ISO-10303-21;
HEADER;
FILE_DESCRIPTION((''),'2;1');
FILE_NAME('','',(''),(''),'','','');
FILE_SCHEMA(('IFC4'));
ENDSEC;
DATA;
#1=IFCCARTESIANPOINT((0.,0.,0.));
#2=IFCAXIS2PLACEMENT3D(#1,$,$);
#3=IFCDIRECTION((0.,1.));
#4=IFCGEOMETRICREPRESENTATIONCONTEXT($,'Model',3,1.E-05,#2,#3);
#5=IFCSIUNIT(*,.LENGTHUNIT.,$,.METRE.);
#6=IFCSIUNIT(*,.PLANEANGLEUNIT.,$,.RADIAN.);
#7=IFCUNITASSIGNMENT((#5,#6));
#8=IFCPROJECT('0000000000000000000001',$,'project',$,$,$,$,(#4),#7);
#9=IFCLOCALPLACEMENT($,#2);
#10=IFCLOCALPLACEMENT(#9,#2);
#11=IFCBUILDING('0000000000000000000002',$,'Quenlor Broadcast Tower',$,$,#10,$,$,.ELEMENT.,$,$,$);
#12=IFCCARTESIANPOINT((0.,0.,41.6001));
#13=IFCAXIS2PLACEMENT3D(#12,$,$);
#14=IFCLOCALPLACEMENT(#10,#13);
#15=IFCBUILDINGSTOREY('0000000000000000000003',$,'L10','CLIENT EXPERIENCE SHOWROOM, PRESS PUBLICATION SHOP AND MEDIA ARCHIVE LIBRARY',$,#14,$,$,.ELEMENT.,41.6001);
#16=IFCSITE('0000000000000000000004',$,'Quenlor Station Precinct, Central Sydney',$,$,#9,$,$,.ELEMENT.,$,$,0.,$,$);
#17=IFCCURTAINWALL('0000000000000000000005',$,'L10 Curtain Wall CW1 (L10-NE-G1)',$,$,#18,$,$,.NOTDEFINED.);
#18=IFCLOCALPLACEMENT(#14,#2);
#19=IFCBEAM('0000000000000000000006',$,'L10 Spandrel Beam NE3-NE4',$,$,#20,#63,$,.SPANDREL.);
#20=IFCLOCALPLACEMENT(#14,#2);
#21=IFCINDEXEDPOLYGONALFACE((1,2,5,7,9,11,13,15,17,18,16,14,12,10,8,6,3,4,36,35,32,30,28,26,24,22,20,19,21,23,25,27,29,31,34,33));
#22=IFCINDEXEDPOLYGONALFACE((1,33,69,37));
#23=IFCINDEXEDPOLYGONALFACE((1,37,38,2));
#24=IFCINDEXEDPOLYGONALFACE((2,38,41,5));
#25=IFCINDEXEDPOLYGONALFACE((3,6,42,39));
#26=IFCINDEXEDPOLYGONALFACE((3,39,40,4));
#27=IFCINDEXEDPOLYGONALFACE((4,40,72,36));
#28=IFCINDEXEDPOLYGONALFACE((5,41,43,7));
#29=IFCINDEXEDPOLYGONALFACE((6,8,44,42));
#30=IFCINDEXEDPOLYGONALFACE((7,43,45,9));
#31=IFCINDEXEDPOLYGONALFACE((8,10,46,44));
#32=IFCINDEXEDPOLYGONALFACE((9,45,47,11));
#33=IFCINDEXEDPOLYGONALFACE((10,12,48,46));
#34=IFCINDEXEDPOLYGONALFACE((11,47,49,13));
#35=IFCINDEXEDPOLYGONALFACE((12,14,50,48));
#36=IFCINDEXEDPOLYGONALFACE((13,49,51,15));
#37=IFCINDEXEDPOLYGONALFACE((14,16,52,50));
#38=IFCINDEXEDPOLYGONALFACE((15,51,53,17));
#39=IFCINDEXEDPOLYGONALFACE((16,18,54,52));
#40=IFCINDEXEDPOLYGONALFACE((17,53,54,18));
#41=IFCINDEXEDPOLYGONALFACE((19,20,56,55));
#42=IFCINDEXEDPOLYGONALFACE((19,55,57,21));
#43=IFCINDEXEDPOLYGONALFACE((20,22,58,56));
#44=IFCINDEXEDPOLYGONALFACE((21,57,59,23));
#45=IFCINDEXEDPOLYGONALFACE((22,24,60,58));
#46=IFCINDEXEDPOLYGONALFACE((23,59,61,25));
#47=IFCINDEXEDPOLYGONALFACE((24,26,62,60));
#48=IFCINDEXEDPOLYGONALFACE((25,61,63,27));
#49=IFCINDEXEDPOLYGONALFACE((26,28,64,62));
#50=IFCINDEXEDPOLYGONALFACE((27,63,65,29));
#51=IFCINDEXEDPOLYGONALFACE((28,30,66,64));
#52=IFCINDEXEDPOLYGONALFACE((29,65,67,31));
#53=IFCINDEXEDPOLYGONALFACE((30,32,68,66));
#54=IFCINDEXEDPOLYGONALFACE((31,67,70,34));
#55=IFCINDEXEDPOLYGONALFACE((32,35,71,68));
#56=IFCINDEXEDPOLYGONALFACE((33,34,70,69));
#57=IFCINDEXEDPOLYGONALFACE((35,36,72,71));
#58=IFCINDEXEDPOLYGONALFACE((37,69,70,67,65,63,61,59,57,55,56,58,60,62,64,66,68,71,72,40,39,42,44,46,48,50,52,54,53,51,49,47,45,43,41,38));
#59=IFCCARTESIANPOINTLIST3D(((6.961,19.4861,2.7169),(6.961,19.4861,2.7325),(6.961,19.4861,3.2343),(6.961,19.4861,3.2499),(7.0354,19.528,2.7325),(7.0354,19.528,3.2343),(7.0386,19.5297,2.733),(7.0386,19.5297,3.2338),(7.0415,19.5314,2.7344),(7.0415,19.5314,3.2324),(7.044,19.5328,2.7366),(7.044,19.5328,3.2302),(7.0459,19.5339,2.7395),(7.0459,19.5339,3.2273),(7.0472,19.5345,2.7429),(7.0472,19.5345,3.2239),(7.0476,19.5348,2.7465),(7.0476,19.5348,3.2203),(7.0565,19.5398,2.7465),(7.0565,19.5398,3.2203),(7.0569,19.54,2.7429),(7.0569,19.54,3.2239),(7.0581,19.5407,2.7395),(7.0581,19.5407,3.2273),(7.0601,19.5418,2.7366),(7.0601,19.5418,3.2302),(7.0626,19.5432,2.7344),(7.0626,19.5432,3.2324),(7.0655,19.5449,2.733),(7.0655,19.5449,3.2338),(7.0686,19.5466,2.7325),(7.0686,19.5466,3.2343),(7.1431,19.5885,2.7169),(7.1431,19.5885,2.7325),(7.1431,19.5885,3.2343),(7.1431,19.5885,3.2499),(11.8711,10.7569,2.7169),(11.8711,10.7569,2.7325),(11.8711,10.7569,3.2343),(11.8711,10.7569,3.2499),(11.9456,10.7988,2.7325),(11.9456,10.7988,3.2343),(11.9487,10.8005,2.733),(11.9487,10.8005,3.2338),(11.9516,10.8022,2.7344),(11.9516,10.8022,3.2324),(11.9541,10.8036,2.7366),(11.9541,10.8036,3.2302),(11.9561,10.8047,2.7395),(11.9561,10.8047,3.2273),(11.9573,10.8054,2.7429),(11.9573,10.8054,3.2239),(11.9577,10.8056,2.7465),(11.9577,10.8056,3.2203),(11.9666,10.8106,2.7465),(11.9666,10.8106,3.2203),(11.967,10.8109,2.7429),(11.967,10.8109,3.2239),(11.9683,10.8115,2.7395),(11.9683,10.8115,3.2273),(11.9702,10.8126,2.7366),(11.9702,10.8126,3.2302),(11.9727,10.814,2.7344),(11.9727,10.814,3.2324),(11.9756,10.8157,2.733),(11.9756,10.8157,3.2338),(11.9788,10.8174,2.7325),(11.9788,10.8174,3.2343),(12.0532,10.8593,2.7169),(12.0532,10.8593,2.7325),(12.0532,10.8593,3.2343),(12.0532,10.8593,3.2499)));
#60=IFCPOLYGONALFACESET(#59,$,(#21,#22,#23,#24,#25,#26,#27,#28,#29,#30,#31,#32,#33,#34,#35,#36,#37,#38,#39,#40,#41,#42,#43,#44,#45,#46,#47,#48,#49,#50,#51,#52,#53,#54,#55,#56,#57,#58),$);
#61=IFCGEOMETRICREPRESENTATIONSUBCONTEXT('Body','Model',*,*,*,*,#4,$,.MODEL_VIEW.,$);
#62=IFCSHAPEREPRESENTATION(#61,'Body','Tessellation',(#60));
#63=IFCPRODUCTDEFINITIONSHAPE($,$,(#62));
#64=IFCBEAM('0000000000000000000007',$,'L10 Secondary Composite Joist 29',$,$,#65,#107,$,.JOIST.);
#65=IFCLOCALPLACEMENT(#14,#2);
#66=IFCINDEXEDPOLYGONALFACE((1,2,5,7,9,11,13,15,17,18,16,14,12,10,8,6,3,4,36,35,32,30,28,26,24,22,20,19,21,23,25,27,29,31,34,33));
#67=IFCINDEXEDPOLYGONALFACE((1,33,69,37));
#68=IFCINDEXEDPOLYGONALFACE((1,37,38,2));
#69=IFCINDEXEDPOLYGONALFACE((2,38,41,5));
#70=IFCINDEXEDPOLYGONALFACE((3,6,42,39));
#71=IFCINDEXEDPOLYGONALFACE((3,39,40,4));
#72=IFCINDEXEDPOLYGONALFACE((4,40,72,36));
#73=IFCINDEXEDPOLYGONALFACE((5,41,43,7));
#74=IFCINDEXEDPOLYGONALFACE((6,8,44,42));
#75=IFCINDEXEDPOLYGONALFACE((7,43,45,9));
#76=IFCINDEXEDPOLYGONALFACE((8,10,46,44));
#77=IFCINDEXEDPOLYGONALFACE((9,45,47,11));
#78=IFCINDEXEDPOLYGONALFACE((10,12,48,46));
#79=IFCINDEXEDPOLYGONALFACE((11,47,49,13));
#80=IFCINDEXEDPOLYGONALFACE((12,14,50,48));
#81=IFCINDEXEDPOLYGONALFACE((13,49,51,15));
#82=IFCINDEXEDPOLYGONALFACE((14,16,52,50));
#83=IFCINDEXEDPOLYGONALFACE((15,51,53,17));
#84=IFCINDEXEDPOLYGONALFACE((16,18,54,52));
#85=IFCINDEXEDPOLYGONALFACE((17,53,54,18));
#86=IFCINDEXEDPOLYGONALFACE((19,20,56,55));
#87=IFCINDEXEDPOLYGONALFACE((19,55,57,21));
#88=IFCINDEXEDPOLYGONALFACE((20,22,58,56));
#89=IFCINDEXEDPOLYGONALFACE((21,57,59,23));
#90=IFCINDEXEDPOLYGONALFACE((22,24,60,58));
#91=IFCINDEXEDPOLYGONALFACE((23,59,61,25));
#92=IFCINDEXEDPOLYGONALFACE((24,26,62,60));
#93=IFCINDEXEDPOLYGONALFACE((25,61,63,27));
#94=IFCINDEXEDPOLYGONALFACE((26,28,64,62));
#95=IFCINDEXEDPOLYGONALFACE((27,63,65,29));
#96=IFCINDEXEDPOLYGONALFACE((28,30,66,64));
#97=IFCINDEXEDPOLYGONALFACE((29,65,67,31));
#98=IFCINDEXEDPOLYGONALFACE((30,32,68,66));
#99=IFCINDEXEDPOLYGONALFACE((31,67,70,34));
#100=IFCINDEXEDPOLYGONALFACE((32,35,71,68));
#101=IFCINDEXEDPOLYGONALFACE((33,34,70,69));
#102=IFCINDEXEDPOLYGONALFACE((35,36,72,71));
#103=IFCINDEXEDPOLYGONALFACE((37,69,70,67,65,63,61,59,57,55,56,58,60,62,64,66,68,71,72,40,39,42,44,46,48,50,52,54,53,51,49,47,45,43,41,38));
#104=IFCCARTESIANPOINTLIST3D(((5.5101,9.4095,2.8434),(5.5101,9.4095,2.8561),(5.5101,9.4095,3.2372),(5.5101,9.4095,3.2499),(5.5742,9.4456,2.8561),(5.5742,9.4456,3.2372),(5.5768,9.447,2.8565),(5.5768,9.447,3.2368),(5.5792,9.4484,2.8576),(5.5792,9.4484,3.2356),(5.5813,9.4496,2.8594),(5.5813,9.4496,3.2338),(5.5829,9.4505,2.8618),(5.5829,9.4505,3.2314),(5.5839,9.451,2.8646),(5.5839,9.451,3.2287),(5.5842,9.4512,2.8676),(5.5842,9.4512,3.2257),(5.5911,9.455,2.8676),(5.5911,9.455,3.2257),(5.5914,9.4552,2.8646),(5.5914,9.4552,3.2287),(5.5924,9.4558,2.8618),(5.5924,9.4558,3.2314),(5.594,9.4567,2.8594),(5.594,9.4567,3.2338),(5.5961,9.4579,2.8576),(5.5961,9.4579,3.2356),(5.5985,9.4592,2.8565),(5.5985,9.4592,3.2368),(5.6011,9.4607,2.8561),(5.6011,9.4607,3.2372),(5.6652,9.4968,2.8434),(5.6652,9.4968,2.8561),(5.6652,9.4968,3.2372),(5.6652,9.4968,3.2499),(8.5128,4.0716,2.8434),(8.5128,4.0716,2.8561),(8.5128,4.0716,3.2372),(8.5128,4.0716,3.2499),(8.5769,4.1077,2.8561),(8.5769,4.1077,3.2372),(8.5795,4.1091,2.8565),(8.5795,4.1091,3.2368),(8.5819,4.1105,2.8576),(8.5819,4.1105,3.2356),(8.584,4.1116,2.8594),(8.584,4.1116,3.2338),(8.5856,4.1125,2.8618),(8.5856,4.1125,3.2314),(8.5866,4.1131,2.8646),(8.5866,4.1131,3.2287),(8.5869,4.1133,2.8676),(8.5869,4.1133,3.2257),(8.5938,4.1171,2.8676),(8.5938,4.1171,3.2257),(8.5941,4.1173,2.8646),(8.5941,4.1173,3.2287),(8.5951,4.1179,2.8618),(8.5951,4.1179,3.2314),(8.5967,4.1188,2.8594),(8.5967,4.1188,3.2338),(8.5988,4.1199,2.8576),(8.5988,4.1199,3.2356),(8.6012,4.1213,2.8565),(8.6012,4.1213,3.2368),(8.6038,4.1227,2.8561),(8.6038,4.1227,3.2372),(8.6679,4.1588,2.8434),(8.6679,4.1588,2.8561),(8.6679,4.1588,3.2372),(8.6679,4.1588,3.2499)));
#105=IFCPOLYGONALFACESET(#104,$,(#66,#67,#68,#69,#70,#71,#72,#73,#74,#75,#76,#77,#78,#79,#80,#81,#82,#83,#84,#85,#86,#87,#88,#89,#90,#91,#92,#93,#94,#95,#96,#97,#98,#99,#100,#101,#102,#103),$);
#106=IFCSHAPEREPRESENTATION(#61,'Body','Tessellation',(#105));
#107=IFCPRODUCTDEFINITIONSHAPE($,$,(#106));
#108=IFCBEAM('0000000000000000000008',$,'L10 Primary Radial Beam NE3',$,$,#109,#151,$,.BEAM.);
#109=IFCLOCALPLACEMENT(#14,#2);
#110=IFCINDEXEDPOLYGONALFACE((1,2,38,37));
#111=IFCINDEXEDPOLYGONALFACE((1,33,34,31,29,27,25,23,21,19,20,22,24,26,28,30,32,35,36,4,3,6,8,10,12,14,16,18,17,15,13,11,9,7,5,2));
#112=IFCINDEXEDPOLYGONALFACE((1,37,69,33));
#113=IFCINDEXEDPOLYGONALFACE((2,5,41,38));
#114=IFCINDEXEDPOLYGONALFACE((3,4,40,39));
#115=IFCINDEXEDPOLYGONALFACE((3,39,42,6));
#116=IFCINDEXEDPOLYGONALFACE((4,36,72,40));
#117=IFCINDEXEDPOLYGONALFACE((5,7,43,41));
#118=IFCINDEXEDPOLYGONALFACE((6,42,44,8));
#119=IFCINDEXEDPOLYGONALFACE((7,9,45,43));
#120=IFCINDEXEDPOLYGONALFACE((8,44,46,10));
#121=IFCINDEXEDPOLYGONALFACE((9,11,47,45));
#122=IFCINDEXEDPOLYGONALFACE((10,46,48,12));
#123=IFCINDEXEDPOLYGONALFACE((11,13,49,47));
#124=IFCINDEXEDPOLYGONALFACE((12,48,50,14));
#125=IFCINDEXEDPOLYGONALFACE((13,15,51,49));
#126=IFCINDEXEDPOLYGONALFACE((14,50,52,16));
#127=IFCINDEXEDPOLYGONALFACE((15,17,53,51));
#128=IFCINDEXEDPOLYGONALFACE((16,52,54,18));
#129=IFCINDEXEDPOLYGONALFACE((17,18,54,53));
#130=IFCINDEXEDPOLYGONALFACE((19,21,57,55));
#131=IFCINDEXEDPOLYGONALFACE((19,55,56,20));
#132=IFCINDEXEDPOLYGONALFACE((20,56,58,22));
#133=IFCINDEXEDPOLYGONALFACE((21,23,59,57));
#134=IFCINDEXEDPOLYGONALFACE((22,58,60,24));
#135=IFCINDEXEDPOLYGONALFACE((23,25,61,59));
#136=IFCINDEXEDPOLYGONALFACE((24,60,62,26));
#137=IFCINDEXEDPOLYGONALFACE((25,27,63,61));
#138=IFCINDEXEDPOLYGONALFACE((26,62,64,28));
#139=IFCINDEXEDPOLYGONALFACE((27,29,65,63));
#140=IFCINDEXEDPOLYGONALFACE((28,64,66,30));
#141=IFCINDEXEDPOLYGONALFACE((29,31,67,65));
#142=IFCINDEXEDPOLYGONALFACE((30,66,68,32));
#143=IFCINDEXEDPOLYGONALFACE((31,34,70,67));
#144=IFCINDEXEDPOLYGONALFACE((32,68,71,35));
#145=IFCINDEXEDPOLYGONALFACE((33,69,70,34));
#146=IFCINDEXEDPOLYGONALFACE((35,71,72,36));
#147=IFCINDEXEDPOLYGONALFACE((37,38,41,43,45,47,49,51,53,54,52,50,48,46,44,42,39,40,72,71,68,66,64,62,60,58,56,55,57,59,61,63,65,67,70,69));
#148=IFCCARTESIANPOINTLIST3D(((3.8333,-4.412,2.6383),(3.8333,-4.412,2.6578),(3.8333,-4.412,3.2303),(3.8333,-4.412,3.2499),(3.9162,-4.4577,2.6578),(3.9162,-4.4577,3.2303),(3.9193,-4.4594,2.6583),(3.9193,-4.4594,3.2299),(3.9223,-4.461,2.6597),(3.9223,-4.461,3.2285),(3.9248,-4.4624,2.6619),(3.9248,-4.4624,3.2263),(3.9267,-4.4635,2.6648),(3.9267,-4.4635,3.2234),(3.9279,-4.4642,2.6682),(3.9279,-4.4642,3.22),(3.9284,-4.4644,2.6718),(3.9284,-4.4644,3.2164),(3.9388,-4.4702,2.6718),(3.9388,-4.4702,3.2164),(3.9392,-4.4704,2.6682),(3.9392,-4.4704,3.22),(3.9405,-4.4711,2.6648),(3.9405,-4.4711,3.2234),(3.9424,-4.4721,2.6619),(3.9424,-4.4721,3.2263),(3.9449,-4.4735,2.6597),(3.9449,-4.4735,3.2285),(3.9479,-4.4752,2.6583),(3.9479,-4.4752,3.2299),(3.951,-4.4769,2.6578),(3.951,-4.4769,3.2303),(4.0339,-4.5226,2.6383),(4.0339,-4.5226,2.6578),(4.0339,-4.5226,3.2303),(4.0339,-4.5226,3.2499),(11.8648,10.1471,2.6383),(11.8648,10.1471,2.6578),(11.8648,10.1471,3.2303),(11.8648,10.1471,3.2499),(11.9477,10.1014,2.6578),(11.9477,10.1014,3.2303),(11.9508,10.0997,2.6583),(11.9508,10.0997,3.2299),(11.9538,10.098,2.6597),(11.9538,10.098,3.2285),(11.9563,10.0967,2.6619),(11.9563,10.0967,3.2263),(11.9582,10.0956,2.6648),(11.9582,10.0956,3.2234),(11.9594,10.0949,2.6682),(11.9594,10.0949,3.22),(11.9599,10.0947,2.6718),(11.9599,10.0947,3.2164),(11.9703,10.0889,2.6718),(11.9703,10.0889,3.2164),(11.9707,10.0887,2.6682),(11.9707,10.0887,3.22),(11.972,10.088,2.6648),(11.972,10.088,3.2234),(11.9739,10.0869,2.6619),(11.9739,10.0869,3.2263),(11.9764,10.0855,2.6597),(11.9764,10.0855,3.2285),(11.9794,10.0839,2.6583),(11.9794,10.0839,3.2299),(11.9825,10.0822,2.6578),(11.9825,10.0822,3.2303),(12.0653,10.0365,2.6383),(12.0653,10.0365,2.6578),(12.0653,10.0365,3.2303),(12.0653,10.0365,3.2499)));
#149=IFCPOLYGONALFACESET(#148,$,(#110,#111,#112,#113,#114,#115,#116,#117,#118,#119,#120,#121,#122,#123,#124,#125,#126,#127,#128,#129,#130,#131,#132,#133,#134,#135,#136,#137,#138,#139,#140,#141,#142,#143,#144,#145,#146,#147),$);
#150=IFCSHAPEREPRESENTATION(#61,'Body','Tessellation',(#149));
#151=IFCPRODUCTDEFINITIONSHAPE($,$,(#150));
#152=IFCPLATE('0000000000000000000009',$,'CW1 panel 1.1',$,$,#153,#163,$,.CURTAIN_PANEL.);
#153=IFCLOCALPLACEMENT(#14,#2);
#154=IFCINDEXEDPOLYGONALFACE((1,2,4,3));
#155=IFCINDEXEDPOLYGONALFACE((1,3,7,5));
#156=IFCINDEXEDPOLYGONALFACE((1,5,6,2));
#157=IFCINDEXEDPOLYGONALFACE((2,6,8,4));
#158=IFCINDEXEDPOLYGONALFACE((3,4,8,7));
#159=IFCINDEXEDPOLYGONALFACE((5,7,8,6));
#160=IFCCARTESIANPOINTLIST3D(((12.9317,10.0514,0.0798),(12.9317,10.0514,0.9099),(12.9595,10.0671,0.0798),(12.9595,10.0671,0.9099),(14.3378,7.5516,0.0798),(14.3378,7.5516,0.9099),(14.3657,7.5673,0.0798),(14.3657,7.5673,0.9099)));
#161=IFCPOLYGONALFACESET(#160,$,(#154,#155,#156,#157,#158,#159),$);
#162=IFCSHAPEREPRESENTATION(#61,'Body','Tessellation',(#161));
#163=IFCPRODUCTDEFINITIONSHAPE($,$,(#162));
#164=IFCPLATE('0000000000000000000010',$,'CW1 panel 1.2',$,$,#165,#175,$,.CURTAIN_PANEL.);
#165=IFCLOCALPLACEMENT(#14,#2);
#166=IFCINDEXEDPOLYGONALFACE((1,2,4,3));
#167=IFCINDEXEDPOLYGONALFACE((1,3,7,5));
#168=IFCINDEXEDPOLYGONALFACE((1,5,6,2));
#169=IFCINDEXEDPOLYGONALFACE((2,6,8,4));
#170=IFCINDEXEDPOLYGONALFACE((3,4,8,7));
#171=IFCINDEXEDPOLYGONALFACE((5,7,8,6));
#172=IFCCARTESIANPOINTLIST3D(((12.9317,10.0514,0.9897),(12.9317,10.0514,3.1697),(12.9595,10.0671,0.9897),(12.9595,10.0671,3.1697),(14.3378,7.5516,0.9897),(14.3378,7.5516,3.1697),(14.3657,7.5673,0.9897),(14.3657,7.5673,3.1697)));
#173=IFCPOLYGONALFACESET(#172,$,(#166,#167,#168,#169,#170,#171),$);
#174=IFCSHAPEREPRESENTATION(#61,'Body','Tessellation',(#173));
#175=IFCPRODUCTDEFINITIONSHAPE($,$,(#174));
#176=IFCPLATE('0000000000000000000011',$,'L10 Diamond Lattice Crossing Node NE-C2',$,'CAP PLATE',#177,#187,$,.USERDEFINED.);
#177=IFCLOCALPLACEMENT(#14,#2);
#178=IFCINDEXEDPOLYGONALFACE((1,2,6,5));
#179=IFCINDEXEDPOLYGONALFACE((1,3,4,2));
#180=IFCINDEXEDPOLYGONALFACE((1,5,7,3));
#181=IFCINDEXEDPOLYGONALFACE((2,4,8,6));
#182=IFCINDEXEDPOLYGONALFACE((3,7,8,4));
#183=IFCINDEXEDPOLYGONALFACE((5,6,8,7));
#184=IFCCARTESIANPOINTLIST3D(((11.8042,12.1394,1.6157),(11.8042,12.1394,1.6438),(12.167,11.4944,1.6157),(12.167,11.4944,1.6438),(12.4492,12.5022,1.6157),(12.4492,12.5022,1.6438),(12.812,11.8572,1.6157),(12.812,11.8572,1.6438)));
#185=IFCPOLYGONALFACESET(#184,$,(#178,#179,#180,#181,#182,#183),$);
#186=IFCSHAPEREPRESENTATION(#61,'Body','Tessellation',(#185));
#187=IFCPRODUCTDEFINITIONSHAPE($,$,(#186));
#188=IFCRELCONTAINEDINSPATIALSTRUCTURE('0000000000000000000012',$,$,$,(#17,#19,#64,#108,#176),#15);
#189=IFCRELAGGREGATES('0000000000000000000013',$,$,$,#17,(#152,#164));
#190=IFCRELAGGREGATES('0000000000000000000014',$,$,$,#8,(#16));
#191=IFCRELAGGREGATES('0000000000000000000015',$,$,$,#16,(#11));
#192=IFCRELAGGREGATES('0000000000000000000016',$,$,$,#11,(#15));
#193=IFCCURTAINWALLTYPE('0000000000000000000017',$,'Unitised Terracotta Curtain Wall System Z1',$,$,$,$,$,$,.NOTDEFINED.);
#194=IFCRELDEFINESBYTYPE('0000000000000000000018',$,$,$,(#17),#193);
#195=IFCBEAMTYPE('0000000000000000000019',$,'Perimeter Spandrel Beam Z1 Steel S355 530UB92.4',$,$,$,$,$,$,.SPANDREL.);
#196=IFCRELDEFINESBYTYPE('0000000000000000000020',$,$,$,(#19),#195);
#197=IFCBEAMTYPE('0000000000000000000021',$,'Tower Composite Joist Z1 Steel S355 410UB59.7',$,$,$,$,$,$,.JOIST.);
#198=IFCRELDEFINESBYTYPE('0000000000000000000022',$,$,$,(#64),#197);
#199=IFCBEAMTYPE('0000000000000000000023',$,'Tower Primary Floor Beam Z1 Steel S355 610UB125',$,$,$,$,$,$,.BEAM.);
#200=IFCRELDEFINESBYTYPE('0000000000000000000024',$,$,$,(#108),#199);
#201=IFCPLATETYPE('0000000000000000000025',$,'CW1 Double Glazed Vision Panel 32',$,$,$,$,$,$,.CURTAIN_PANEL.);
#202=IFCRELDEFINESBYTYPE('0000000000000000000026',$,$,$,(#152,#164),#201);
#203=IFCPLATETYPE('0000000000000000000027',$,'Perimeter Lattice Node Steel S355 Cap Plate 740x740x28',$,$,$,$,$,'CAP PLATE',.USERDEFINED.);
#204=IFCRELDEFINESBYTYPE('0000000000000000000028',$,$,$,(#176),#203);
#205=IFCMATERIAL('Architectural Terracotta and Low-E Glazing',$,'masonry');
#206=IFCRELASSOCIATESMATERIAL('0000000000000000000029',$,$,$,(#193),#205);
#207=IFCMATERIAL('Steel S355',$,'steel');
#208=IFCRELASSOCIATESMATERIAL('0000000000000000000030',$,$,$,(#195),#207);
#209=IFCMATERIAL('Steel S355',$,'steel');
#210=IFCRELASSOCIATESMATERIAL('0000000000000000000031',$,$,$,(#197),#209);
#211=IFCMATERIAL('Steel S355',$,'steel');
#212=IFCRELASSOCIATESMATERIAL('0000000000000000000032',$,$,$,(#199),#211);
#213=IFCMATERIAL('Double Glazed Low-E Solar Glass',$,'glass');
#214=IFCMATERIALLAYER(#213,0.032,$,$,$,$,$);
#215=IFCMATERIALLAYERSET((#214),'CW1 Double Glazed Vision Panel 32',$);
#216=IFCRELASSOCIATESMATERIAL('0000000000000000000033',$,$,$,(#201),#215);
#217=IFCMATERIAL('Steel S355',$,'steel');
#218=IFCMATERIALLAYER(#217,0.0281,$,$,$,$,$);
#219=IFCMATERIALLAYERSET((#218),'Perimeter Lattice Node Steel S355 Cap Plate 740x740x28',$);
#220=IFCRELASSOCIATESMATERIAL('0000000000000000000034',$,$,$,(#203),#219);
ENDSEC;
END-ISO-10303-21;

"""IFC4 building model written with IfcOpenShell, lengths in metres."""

from ifc_helpers import new_model, si_unit, direction, frame, origin, origin_2d, place, context, subcontext, project, spatial, rectangle, i_section, extrude, material, layer, layer_set, material_profile, profile_set, type_object, element, aggregate, save


model = new_model("IFC4")

# Units and contexts
model_context = context("Model", 3, precision=1e-05, world=origin(), true_north=direction((0.0, 1.0)))
body_context = subcontext(model_context, "Body", "Model", "MODEL_VIEW")
ifc_project = project(units=[si_unit("LENGTHUNIT", "METRE"), si_unit("PLANEANGLEUNIT", "RADIAN")], contexts=[model_context])

# Site, building, storey
site_placement = place(None, origin())
site = spatial("IfcSite", under=ifc_project, at=site_placement, Name="Quenlor Station Precinct, Central Sydney", CompositionType="ELEMENT", RefElevation=0.0)
building_placement = place(site_placement, origin())
building = spatial("IfcBuilding", under=site, at=building_placement, Name="Quenlor Broadcast Tower", CompositionType="ELEMENT")
storey_placement = place(building_placement, frame((0.0, 0.0, 41.6001)))
storey = spatial("IfcBuildingStorey", under=building, at=storey_placement, Name="L10", Description="CLIENT EXPERIENCE SHOWROOM, PRESS PUBLICATION SHOP AND MEDIA ARCHIVE LIBRARY", CompositionType="ELEMENT", Elevation=41.6001)

# Curtain wall
ifc_material_1 = material(Name="Architectural Terracotta and Low-E Glazing", Category="masonry")
curtain_wall_type = type_object("IfcCurtainWallType", Name="Unitised Terracotta Curtain Wall System Z1", PredefinedType="NOTDEFINED", material=ifc_material_1)
curtain_wall_placement = place(storey_placement, origin())
curtain_wall = element("IfcCurtainWall", 1, at=curtain_wall_placement, inside=storey, type_object=curtain_wall_type, Name="L10 Curtain Wall CW1 (L10-NE-G1)", PredefinedType="NOTDEFINED")

# Beams
ifc_material_2 = material(Name="Steel S355", Category="steel")
ifc_material_profile_1 = material_profile(ifc_material_2, i_section(OverallWidth=0.209, OverallDepth=0.533, WebThickness=0.0103, FlangeThickness=0.0156, FilletRadius=0.0139, at=origin_2d()))
ifc_profile_set_1 = profile_set([ifc_material_profile_1], Name="Steel S355 530UB92.4")
beam_type_1 = type_object("IfcBeamType", Name="Perimeter Spandrel Beam Z1 Steel S355 530UB92.4", PredefinedType="SPANDREL", material=ifc_profile_set_1)
beam_1_placement = place(storey_placement, frame((11.9622, 10.8081, 2.9834), z_axis=(-0.490258, 0.871577, 0.0), x_axis=(-0.871577, -0.490258, 0.0)))
element("IfcBeam", 2, at=beam_1_placement, inside=storey, type_object=beam_type_1, Name="L10 Spandrel Beam NE3-NE4", PredefinedType="SPANDREL", context=body_context, shape_type="SweptSolid", body=[
    extrude(i_section(OverallWidth=0.209, OverallDepth=0.533, WebThickness=0.0103, FlangeThickness=0.0156, FilletRadius=0.0139, at=origin_2d()), origin(), (0.0, 0.0, 1.0), 10.0154),
])
ifc_material_3 = material(Name="Steel S355", Category="steel")
ifc_material_profile_2 = material_profile(ifc_material_3, i_section(OverallWidth=0.178, OverallDepth=0.4065, WebThickness=0.0078, FlangeThickness=0.0127, FilletRadius=0.0115, at=origin_2d()))
ifc_profile_set_2 = profile_set([ifc_material_profile_2], Name="Steel S355 410UB59.7")
beam_type_2 = type_object("IfcBeamType", Name="Tower Composite Joist Z1 Steel S355 410UB59.7", PredefinedType="JOIST", material=ifc_profile_set_2)
beam_2_placement = place(storey_placement, frame((5.5876, 9.4531, 3.0466), z_axis=(0.490276, -0.871567, 0.0), x_axis=(0.871567, 0.490276, 0.0)))
element("IfcBeam", 3, at=beam_2_placement, inside=storey, type_object=beam_type_2, Name="L10 Secondary Composite Joist 29", PredefinedType="JOIST", context=body_context, shape_type="SweptSolid", body=[
    extrude(i_section(OverallWidth=0.178, OverallDepth=0.4065, WebThickness=0.0078, FlangeThickness=0.0127, FilletRadius=0.0115, at=origin_2d()), origin(), (0.0, 0.0, 1.0), 6.1245),
])
ifc_material_4 = material(Name="Steel S355", Category="steel")
ifc_material_profile_3 = material_profile(ifc_material_4, i_section(OverallWidth=0.229, OverallDepth=0.6116, WebThickness=0.012, FlangeThickness=0.0195, FilletRadius=0.0139, at=origin_2d()))
ifc_profile_set_3 = profile_set([ifc_material_profile_3], Name="Steel S355 610UB125")
beam_type_3 = type_object("IfcBeamType", Name="Tower Primary Floor Beam Z1 Steel S355 610UB125", PredefinedType="BEAM", material=ifc_profile_set_3)
beam_3_placement = place(storey_placement, frame((11.9651, 10.0918, 2.9441), z_axis=(-0.483026, -0.875606, 0.0), x_axis=(0.875606, -0.483026, 0.0)))
element("IfcBeam", 4, at=beam_3_placement, inside=storey, type_object=beam_type_3, Name="L10 Primary Radial Beam NE3", PredefinedType="BEAM", context=body_context, shape_type="SweptSolid", body=[
    extrude(i_section(OverallWidth=0.229, OverallDepth=0.6116, WebThickness=0.012, FlangeThickness=0.0195, FilletRadius=0.0139, at=origin_2d()), origin(), (0.0, 0.0, 1.0), 16.6274),
])

# Plates
ifc_material_5 = material(Name="Double Glazed Low-E Solar Glass", Category="glass")
ifc_layer_1 = layer(ifc_material_5, 0.032)
ifc_layer_set_1 = layer_set([ifc_layer_1], Name="CW1 Double Glazed Vision Panel 32")
plate_type_1 = type_object("IfcPlateType", Name="CW1 Double Glazed Vision Panel 32", PredefinedType="CURTAIN_PANEL", material=ifc_layer_set_1)
plate_1_placement = place(storey_placement, frame((13.6487, 8.8093, 0.0798), z_axis=(0.0, 0.0, 1.0), x_axis=(0.490274, -0.871568, 0.0)))
plate_1 = element("IfcPlate", 5, at=plate_1_placement, type_object=plate_type_1, Name="CW1 panel 1.1", PredefinedType="CURTAIN_PANEL", context=body_context, shape_type="SweptSolid", body=[
    extrude(rectangle(XDim=2.8682, YDim=0.032, at=origin_2d()), origin(), (0.0, 0.0, 1.0), 0.8301),
])
plate_2_placement = place(storey_placement, frame((13.6487, 8.8093, 0.9897), z_axis=(0.0, 0.0, 1.0), x_axis=(0.490274, -0.871568, 0.0)))
plate_2 = element("IfcPlate", 6, at=plate_2_placement, type_object=plate_type_1, Name="CW1 panel 1.2", PredefinedType="CURTAIN_PANEL", context=body_context, shape_type="SweptSolid", body=[
    extrude(rectangle(XDim=2.8682, YDim=0.032, at=origin_2d()), origin(), (0.0, 0.0, 1.0), 2.1799),
])
aggregate(curtain_wall, [plate_1, plate_2])

# Plate
ifc_material_6 = material(Name="Steel S355", Category="steel")
ifc_layer_2 = layer(ifc_material_6, 0.0281)
ifc_layer_set_2 = layer_set([ifc_layer_2], Name="Perimeter Lattice Node Steel S355 Cap Plate 740x740x28")
plate_type_2 = type_object("IfcPlateType", Name="Perimeter Lattice Node Steel S355 Cap Plate 740x740x28", ElementType="CAP PLATE", PredefinedType="USERDEFINED", material=ifc_layer_set_2)
for number, where, z_axis, x_axis, name in (
    (7, (12.3081, 11.9983, 1.6157), (0.0, 0.0, 1.0), (0.490295, -0.871556, 0.0), "L10 Diamond Lattice Crossing Node NE-C2"),
):
    element("IfcPlate", number, at=place(storey_placement, frame(where, z_axis=z_axis, x_axis=x_axis)), inside=storey, type_object=plate_type_2, Name=name, ObjectType="CAP PLATE", PredefinedType="USERDEFINED", context=body_context, shape_type="SweptSolid", body=[
        extrude(rectangle(XDim=0.74, YDim=0.74, at=origin_2d()), origin(), (0.0, 0.0, 1.0), 0.0281),
    ])

save(model, "model.ifc")
